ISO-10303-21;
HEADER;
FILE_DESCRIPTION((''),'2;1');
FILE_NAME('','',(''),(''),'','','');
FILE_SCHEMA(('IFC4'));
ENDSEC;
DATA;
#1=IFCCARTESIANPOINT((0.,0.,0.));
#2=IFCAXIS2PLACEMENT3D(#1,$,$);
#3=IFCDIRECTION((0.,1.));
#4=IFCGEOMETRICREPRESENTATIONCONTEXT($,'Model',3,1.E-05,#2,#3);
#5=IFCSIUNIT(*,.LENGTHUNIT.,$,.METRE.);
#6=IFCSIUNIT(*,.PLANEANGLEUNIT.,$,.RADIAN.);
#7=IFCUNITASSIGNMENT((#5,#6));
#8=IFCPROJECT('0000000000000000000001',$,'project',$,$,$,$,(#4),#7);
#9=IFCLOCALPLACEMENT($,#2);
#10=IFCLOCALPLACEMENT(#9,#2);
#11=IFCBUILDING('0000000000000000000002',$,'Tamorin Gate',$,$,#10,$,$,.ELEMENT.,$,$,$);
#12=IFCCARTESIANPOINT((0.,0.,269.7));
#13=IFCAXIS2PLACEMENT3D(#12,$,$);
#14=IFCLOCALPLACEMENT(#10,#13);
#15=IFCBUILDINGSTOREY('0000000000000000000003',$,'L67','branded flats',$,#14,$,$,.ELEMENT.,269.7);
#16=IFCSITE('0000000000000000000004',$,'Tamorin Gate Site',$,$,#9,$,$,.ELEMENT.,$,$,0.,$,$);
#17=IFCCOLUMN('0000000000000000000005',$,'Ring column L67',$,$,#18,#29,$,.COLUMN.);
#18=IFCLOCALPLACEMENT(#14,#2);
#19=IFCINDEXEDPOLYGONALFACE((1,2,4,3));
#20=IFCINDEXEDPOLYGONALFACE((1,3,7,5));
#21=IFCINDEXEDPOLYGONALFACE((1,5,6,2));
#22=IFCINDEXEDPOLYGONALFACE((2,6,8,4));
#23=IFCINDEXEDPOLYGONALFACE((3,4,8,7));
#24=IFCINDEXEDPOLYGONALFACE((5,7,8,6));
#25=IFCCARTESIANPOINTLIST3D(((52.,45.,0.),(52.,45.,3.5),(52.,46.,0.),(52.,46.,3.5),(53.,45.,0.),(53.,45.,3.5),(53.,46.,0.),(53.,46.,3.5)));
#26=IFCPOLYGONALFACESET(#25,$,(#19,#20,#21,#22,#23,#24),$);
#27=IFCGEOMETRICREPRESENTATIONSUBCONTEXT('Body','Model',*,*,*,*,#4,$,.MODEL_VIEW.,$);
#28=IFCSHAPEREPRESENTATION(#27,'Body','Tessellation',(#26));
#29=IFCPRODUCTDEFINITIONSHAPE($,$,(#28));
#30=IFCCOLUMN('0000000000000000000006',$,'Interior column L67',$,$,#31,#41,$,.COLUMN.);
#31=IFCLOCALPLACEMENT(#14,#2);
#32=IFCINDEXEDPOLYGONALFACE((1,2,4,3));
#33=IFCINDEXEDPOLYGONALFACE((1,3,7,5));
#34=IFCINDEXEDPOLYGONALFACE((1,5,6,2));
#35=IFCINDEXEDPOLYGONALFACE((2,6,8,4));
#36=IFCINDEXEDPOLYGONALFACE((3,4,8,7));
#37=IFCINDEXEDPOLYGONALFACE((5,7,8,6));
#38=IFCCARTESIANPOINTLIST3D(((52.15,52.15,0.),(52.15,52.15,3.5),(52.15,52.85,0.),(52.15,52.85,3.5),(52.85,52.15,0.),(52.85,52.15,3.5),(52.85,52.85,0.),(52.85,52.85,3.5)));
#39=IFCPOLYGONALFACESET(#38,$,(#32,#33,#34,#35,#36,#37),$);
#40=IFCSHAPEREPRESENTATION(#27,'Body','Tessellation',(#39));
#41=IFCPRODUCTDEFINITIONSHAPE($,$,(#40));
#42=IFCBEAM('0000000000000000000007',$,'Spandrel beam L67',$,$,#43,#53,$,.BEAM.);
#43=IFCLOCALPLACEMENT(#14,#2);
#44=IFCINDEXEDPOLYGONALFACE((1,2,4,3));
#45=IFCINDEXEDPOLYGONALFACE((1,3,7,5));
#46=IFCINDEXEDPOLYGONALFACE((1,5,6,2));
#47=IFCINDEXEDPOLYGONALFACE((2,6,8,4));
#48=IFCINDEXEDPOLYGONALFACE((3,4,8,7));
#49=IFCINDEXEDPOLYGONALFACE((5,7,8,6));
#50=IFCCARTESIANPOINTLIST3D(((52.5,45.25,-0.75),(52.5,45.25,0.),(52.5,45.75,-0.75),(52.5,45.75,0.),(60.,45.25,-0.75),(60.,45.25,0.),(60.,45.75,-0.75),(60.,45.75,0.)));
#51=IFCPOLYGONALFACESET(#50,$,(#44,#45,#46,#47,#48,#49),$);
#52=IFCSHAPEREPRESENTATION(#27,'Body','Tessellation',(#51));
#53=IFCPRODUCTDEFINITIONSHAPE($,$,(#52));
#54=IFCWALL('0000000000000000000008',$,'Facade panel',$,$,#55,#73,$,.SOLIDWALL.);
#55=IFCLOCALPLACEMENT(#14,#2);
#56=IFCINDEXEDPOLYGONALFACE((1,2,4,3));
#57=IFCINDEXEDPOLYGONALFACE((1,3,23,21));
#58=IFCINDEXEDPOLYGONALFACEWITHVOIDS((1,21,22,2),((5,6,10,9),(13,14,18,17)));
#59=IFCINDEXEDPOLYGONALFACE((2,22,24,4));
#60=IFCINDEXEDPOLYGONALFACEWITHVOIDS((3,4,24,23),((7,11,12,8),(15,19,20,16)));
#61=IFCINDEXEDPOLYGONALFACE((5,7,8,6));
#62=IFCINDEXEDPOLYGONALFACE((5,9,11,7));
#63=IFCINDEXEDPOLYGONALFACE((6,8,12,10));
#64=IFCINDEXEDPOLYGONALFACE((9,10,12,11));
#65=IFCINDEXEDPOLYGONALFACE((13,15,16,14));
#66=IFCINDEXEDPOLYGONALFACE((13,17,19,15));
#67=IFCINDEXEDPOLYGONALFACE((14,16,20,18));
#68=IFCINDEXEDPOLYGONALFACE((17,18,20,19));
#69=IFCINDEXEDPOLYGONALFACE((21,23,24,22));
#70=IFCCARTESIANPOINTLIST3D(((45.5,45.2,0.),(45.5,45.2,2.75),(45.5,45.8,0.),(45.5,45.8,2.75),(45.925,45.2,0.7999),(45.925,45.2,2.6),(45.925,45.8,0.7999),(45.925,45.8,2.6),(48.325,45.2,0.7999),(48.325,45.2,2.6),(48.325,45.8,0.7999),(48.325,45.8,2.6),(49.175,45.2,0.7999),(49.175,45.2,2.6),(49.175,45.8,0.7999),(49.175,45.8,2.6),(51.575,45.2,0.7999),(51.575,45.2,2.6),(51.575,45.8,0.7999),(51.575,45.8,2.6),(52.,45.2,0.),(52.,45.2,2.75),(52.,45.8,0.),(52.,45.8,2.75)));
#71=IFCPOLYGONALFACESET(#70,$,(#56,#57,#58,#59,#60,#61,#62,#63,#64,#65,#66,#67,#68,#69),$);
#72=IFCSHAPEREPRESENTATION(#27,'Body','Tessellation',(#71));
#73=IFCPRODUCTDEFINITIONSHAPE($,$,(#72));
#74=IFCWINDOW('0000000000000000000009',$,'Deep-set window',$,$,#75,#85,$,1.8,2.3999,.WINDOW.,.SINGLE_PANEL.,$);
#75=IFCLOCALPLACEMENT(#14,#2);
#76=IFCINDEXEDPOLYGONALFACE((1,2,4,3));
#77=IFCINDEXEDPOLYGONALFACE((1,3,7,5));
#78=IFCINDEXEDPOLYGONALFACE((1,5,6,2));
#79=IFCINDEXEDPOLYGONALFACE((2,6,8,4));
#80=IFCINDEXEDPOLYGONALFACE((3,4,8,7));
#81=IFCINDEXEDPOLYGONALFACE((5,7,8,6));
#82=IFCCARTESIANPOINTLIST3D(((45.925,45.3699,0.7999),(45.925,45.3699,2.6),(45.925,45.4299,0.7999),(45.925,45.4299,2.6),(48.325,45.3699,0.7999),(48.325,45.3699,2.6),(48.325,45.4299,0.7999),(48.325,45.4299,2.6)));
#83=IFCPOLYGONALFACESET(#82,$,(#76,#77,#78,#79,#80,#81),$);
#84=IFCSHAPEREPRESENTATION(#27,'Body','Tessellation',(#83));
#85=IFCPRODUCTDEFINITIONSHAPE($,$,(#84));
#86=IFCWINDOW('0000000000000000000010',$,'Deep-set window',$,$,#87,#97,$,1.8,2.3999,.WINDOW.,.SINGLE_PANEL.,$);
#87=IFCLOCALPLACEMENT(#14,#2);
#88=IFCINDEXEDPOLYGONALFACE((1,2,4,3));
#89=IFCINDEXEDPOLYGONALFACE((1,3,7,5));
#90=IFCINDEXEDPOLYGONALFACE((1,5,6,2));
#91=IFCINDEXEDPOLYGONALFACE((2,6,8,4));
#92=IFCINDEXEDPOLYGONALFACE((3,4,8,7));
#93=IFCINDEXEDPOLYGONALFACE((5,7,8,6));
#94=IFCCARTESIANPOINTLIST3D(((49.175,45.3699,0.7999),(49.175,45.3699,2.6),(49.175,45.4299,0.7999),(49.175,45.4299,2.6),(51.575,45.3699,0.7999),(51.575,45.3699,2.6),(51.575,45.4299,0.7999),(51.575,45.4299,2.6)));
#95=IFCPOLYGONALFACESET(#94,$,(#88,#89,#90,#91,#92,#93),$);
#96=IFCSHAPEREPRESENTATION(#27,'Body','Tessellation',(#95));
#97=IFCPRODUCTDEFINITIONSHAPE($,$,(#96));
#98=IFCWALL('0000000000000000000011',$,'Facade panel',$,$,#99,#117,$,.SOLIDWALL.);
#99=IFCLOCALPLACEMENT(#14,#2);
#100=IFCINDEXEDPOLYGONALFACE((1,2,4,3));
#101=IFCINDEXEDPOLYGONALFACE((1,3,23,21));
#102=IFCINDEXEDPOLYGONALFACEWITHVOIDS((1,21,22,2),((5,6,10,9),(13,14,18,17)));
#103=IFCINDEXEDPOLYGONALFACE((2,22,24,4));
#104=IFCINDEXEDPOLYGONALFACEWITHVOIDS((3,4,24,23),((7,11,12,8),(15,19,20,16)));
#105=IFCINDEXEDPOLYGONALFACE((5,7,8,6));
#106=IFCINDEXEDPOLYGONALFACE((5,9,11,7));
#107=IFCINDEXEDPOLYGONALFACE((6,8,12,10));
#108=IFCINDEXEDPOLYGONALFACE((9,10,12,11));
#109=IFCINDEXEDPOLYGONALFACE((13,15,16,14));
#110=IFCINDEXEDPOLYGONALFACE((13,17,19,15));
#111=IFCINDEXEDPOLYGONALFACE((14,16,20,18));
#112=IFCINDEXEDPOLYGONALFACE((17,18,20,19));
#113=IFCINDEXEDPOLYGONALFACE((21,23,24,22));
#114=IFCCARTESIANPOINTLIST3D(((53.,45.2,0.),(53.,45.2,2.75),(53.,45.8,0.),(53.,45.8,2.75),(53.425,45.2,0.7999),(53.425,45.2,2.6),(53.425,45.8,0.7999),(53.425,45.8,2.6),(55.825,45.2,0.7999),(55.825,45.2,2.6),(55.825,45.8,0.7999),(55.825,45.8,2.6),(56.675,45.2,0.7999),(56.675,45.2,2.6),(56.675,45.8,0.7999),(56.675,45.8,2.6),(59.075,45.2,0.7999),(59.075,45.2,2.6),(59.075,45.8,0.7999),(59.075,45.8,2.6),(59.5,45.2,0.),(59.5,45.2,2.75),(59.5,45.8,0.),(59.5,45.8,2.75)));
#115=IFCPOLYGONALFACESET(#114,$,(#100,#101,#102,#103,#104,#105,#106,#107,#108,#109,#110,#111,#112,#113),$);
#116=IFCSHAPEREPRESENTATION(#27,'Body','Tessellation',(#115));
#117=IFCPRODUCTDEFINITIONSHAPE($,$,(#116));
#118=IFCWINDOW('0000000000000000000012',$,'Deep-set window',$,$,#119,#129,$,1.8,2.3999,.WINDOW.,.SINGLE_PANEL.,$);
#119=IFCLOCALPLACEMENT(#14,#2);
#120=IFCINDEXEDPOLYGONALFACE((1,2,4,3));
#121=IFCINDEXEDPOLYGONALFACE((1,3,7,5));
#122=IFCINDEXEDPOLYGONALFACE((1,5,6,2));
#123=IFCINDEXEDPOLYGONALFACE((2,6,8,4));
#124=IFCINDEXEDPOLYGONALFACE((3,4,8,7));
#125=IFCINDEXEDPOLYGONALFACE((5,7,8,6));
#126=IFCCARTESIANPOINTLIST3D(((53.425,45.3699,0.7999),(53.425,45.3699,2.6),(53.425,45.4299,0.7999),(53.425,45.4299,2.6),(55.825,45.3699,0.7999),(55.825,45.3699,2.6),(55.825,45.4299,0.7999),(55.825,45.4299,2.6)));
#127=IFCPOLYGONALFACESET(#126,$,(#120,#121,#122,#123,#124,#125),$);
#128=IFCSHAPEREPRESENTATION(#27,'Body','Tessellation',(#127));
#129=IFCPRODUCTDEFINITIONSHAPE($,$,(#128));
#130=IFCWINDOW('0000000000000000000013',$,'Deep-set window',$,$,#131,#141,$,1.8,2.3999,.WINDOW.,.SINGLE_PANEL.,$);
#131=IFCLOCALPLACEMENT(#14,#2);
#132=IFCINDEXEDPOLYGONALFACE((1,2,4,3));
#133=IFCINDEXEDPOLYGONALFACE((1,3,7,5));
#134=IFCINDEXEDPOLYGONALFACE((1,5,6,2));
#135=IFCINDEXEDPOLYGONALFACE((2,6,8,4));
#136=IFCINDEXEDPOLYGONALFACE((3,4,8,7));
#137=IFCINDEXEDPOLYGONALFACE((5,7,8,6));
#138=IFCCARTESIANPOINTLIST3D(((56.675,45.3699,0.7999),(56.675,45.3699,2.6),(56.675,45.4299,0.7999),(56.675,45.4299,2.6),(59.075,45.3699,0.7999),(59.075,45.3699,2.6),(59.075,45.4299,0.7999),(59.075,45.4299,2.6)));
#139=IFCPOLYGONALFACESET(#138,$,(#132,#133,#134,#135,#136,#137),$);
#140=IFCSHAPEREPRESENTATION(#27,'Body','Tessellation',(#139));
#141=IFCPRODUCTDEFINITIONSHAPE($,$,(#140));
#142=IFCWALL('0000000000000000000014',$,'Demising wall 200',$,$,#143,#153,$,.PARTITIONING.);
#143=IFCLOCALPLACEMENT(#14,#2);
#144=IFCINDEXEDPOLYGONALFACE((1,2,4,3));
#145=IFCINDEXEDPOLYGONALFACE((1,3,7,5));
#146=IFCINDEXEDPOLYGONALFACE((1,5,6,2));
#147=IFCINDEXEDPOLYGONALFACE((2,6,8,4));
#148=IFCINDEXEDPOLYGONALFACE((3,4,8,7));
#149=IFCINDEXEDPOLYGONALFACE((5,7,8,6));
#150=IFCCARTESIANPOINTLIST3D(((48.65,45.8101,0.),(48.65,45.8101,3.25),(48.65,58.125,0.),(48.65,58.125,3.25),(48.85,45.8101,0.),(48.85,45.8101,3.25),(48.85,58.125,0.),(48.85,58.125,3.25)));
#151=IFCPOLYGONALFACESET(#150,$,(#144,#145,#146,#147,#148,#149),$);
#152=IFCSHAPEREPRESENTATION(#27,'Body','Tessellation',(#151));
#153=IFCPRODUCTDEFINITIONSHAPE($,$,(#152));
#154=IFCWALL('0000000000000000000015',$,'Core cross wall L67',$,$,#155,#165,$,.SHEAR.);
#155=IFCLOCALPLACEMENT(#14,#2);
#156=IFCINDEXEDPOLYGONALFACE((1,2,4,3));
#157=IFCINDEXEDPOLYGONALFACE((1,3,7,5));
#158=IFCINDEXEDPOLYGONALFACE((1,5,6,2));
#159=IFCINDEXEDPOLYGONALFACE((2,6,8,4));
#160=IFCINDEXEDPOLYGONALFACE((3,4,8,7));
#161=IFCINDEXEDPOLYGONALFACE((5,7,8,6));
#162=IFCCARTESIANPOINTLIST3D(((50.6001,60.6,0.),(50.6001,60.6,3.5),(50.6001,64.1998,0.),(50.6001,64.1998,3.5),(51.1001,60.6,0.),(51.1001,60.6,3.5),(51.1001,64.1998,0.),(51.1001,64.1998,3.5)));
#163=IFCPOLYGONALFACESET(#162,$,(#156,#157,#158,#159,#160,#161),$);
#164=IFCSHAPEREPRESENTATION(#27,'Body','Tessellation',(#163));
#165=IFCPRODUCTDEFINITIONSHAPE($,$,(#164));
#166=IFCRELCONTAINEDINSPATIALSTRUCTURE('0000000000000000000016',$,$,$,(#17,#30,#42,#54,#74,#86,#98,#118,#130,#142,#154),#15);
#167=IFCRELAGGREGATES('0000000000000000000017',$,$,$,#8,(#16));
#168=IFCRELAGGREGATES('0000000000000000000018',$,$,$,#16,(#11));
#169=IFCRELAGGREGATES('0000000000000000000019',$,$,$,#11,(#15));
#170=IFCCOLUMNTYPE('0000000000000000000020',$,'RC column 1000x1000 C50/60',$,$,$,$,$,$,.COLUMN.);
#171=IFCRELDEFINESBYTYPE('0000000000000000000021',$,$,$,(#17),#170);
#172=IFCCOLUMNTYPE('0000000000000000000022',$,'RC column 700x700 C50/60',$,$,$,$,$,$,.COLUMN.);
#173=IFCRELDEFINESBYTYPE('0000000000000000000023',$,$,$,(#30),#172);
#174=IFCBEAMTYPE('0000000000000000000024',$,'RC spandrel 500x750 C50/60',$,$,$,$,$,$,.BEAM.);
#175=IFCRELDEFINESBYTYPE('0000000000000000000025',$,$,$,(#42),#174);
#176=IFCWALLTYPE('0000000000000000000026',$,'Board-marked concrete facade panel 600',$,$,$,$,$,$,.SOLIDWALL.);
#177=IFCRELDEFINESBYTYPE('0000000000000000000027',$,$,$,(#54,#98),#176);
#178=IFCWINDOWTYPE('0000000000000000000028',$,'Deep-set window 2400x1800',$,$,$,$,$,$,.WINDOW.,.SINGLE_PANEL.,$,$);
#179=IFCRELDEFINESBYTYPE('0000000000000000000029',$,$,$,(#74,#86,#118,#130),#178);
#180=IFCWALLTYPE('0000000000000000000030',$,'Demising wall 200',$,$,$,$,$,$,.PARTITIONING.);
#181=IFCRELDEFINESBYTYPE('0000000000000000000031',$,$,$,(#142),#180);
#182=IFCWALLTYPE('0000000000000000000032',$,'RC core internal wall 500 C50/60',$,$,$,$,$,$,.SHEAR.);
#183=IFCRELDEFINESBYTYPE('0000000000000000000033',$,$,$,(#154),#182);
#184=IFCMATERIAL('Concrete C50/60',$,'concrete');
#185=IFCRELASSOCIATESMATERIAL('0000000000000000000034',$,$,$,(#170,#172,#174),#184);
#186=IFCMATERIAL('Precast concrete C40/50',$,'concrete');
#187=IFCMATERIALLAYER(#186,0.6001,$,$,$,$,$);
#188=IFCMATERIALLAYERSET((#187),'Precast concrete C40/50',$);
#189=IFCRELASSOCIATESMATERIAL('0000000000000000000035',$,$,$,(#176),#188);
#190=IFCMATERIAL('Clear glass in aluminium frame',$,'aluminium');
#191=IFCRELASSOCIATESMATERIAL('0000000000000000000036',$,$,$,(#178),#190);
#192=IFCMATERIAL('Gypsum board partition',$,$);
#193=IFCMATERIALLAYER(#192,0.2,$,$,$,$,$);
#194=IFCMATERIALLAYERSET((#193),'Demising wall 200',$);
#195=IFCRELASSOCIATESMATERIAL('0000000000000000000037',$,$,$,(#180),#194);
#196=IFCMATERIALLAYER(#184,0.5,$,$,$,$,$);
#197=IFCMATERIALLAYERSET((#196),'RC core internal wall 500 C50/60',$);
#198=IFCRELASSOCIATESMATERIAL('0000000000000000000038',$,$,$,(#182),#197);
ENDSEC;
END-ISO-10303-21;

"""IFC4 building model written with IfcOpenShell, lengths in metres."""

from ifc_helpers import new_model, si_unit, direction, frame, frame_2d, origin, origin_2d, place, context, subcontext, project, spatial, rectangle, extrude, material, layer, layer_set, material_profile, profile_set, type_object, element, fill, save


model = new_model("IFC4")

# Units and contexts
model_context = context("Model", 3, precision=1e-05, world=origin(), true_north=direction((0.0, 1.0)))
body_context = subcontext(model_context, "Body", "Model", "MODEL_VIEW")
ifc_project = project(units=[si_unit("LENGTHUNIT", "METRE"), si_unit("PLANEANGLEUNIT", "RADIAN")], contexts=[model_context])

# Site, building, storey
site_placement = place(None, origin())
site = spatial("IfcSite", under=ifc_project, at=site_placement, Name="Tamorin Gate Site", CompositionType="ELEMENT", RefElevation=0.0)
building_placement = place(site_placement, origin())
building = spatial("IfcBuilding", under=site, at=building_placement, Name="Tamorin Gate", CompositionType="ELEMENT")
storey_placement = place(building_placement, frame((0.0, 0.0, 269.7)))
storey = spatial("IfcBuildingStorey", under=building, at=storey_placement, Name="L67", Description="branded flats", CompositionType="ELEMENT", Elevation=269.7)

# Columns
ifc_material_1 = material(Name="Concrete C50/60", Category="concrete")
ifc_material_profile_1 = material_profile(ifc_material_1, rectangle(XDim=1.0, YDim=1.0, at=origin_2d()), Name="RC 1000x1000")
ifc_profile_set_1 = profile_set([ifc_material_profile_1], Name="Concrete C50/60")
column_type_1 = type_object("IfcColumnType", Name="RC column 1000x1000 C50/60", PredefinedType="COLUMN", material=ifc_profile_set_1)
column_1_placement = place(storey_placement, frame((52.5, 45.5, 0.0), z_axis=(0.0, 0.0, 1.0), x_axis=(1.0, 0.0, 0.0)))
element("IfcColumn", 1, at=column_1_placement, inside=storey, type_object=column_type_1, Name="Ring column L67", PredefinedType="COLUMN", context=body_context, shape_type="SweptSolid", body=[
    extrude(rectangle(XDim=1.0, YDim=1.0, at=origin_2d()), origin(), (0.0, 0.0, 1.0), 3.5),
])
ifc_material_profile_2 = material_profile(ifc_material_1, rectangle(XDim=0.7, YDim=0.7, at=origin_2d()), Name="RC 700x700")
ifc_profile_set_2 = profile_set([ifc_material_profile_2], Name="Concrete C50/60")
column_type_2 = type_object("IfcColumnType", Name="RC column 700x700 C50/60", PredefinedType="COLUMN", material=ifc_profile_set_2)
column_2_placement = place(storey_placement, frame((52.5, 52.5, 0.0), z_axis=(0.0, 0.0, 1.0), x_axis=(1.0, 0.0, 0.0)))
element("IfcColumn", 2, at=column_2_placement, inside=storey, type_object=column_type_2, Name="Interior column L67", PredefinedType="COLUMN", context=body_context, shape_type="SweptSolid", body=[
    extrude(rectangle(XDim=0.7, YDim=0.7, at=origin_2d()), origin(), (0.0, 0.0, 1.0), 3.5),
])

# Beam
ifc_material_profile_3 = material_profile(ifc_material_1, rectangle(XDim=0.5, YDim=0.75, at=origin_2d()), Name="RC 500x750")
ifc_profile_set_3 = profile_set([ifc_material_profile_3], Name="Concrete C50/60")
beam_type = type_object("IfcBeamType", Name="RC spandrel 500x750 C50/60", PredefinedType="BEAM", material=ifc_profile_set_3)
beam_placement = place(storey_placement, frame((52.5, 45.5, -0.375), z_axis=(1.0, 0.0, 0.0), x_axis=(0.0, 1.0, 0.0)))
element("IfcBeam", 3, at=beam_placement, inside=storey, type_object=beam_type, Name="Spandrel beam L67", PredefinedType="BEAM", context=body_context, shape_type="SweptSolid", body=[
    extrude(rectangle(XDim=0.5, YDim=0.75, at=origin_2d()), origin(), (0.0, 0.0, 1.0), 7.5),
])

# Walls, openings, windows
ifc_material_2 = material(Name="Precast concrete C40/50", Category="concrete")
ifc_layer_1 = layer(ifc_material_2, 0.6001)
ifc_layer_set_1 = layer_set([ifc_layer_1], Name="Precast concrete C40/50")
wall_type_1 = type_object("IfcWallType", Name="Board-marked concrete facade panel 600", PredefinedType="SOLIDWALL", material=ifc_layer_set_1)
wall_1_placement = place(storey_placement, frame((45.5, 45.5, 0.0), z_axis=(0.0, 0.0, 1.0), x_axis=(1.0, 0.0, 0.0)))
wall_1 = element("IfcWall", 4, at=wall_1_placement, inside=storey, type_object=wall_type_1, Name="Facade panel", PredefinedType="SOLIDWALL", context=body_context, shape_type="SweptSolid", body=[
    extrude(rectangle(XDim=6.5, YDim=0.6001, at=frame_2d((3.25, 0.0))), origin(), (0.0, 0.0, 1.0), 2.75),
])
opening_1_placement = place(wall_1_placement, frame((0.425, 0.0, 0.8)))
opening_1 = element("IfcOpeningElement", 5, at=opening_1_placement, cuts=wall_1, PredefinedType="OPENING", context=body_context, shape_type="SweptSolid", body=[
    extrude(rectangle(XDim=2.3999, YDim=1.8, at=frame_2d((1.2, 0.8999))), frame((0.0, 0.3101, 0.0), z_axis=(0.0, -1.0, 0.0), x_axis=(1.0, 0.0, 0.0)), (0.0, 0.0, 1.0), 0.6201),
])
opening_2_placement = place(wall_1_placement, frame((3.675, 0.0, 0.8)))
opening_2 = element("IfcOpeningElement", 6, at=opening_2_placement, cuts=wall_1, PredefinedType="OPENING", context=body_context, shape_type="SweptSolid", body=[
    extrude(rectangle(XDim=2.3999, YDim=1.8, at=frame_2d((1.2, 0.8999))), frame((0.0, 0.3101, 0.0), z_axis=(0.0, -1.0, 0.0), x_axis=(1.0, 0.0, 0.0)), (0.0, 0.0, 1.0), 0.6201),
])
ifc_material_3 = material(Name="Clear glass in aluminium frame", Category="aluminium")
window_type = type_object("IfcWindowType", Name="Deep-set window 2400x1800", PartitioningType="SINGLE_PANEL", PredefinedType="WINDOW", material=ifc_material_3)
window_1_placement = place(opening_1_placement, origin())
window_1 = element("IfcWindow", 7, at=window_1_placement, inside=storey, type_object=window_type, Name="Deep-set window", OverallHeight=1.8, OverallWidth=2.3999, PartitioningType="SINGLE_PANEL", PredefinedType="WINDOW", context=body_context, shape_type="SweptSolid", body=[
    extrude(rectangle(XDim=2.3999, YDim=1.8, at=frame_2d((1.2, 0.8999))), frame((0.0, -0.0701, 0.0), z_axis=(0.0, -1.0, 0.0), x_axis=(1.0, 0.0, 0.0)), (0.0, 0.0, 1.0), 0.0601),
])
fill(opening_1, window_1)
window_2_placement = place(opening_2_placement, origin())
window_2 = element("IfcWindow", 8, at=window_2_placement, inside=storey, type_object=window_type, Name="Deep-set window", OverallHeight=1.8, OverallWidth=2.3999, PartitioningType="SINGLE_PANEL", PredefinedType="WINDOW", context=body_context, shape_type="SweptSolid", body=[
    extrude(rectangle(XDim=2.3999, YDim=1.8, at=frame_2d((1.2, 0.8999))), frame((0.0, -0.0701, 0.0), z_axis=(0.0, -1.0, 0.0), x_axis=(1.0, 0.0, 0.0)), (0.0, 0.0, 1.0), 0.0601),
])
fill(opening_2, window_2)
wall_2_placement = place(storey_placement, frame((53.0, 45.5, 0.0), z_axis=(0.0, 0.0, 1.0), x_axis=(1.0, 0.0, 0.0)))
wall_2 = element("IfcWall", 9, at=wall_2_placement, inside=storey, type_object=wall_type_1, Name="Facade panel", PredefinedType="SOLIDWALL", context=body_context, shape_type="SweptSolid", body=[
    extrude(rectangle(XDim=6.5, YDim=0.6001, at=frame_2d((3.25, 0.0))), origin(), (0.0, 0.0, 1.0), 2.75),
])
opening_3_placement = place(wall_2_placement, frame((0.425, 0.0, 0.8)))
opening_3 = element("IfcOpeningElement", 10, at=opening_3_placement, cuts=wall_2, PredefinedType="OPENING", context=body_context, shape_type="SweptSolid", body=[
    extrude(rectangle(XDim=2.3999, YDim=1.8, at=frame_2d((1.2, 0.8999))), frame((0.0, 0.3101, 0.0), z_axis=(0.0, -1.0, 0.0), x_axis=(1.0, 0.0, 0.0)), (0.0, 0.0, 1.0), 0.6201),
])
opening_4_placement = place(wall_2_placement, frame((3.675, 0.0, 0.8)))
opening_4 = element("IfcOpeningElement", 11, at=opening_4_placement, cuts=wall_2, PredefinedType="OPENING", context=body_context, shape_type="SweptSolid", body=[
    extrude(rectangle(XDim=2.3999, YDim=1.8, at=frame_2d((1.2, 0.8999))), frame((0.0, 0.3101, 0.0), z_axis=(0.0, -1.0, 0.0), x_axis=(1.0, 0.0, 0.0)), (0.0, 0.0, 1.0), 0.6201),
])
window_3_placement = place(opening_3_placement, origin())
window_3 = element("IfcWindow", 12, at=window_3_placement, inside=storey, type_object=window_type, Name="Deep-set window", OverallHeight=1.8, OverallWidth=2.3999, PartitioningType="SINGLE_PANEL", PredefinedType="WINDOW", context=body_context, shape_type="SweptSolid", body=[
    extrude(rectangle(XDim=2.3999, YDim=1.8, at=frame_2d((1.2, 0.8999))), frame((0.0, -0.0701, 0.0), z_axis=(0.0, -1.0, 0.0), x_axis=(1.0, 0.0, 0.0)), (0.0, 0.0, 1.0), 0.0601),
])
fill(opening_3, window_3)
window_4_placement = place(opening_4_placement, origin())
window_4 = element("IfcWindow", 13, at=window_4_placement, inside=storey, type_object=window_type, Name="Deep-set window", OverallHeight=1.8, OverallWidth=2.3999, PartitioningType="SINGLE_PANEL", PredefinedType="WINDOW", context=body_context, shape_type="SweptSolid", body=[
    extrude(rectangle(XDim=2.3999, YDim=1.8, at=frame_2d((1.2, 0.8999))), frame((0.0, -0.0701, 0.0), z_axis=(0.0, -1.0, 0.0), x_axis=(1.0, 0.0, 0.0)), (0.0, 0.0, 1.0), 0.0601),
])
fill(opening_4, window_4)

# Walls
ifc_material_4 = material(Name="Gypsum board partition")
ifc_layer_2 = layer(ifc_material_4, 0.2)
ifc_layer_set_2 = layer_set([ifc_layer_2], Name="Demising wall 200")
wall_type_2 = type_object("IfcWallType", Name="Demising wall 200", PredefinedType="PARTITIONING", material=ifc_layer_set_2)
wall_3_placement = place(storey_placement, frame((48.75, 45.8101, 0.0), z_axis=(0.0, 0.0, 1.0), x_axis=(0.0, 1.0, 0.0)))
element("IfcWall", 14, at=wall_3_placement, inside=storey, type_object=wall_type_2, Name="Demising wall 200", PredefinedType="PARTITIONING", context=body_context, shape_type="SweptSolid", body=[
    extrude(rectangle(XDim=12.3149, YDim=0.2, at=frame_2d((6.1575, 0.0))), origin(), (0.0, 0.0, 1.0), 3.25),
])
ifc_layer_3 = layer(ifc_material_1, 0.5)
ifc_layer_set_3 = layer_set([ifc_layer_3], Name="RC core internal wall 500 C50/60")
wall_type_3 = type_object("IfcWallType", Name="RC core internal wall 500 C50/60", PredefinedType="SHEAR", material=ifc_layer_set_3)
wall_4_placement = place(storey_placement, frame((50.8501, 60.6001, 0.0), z_axis=(0.0, 0.0, 1.0), x_axis=(0.0, 1.0, 0.0)))
element("IfcWall", 15, at=wall_4_placement, inside=storey, type_object=wall_type_3, Name="Core cross wall L67", PredefinedType="SHEAR", context=body_context, shape_type="SweptSolid", body=[
    extrude(rectangle(XDim=3.5999, YDim=0.5, at=frame_2d((1.7998, 0.0))), origin(), (0.0, 0.0, 1.0), 3.5),
])

save(model, "model.ifc")
